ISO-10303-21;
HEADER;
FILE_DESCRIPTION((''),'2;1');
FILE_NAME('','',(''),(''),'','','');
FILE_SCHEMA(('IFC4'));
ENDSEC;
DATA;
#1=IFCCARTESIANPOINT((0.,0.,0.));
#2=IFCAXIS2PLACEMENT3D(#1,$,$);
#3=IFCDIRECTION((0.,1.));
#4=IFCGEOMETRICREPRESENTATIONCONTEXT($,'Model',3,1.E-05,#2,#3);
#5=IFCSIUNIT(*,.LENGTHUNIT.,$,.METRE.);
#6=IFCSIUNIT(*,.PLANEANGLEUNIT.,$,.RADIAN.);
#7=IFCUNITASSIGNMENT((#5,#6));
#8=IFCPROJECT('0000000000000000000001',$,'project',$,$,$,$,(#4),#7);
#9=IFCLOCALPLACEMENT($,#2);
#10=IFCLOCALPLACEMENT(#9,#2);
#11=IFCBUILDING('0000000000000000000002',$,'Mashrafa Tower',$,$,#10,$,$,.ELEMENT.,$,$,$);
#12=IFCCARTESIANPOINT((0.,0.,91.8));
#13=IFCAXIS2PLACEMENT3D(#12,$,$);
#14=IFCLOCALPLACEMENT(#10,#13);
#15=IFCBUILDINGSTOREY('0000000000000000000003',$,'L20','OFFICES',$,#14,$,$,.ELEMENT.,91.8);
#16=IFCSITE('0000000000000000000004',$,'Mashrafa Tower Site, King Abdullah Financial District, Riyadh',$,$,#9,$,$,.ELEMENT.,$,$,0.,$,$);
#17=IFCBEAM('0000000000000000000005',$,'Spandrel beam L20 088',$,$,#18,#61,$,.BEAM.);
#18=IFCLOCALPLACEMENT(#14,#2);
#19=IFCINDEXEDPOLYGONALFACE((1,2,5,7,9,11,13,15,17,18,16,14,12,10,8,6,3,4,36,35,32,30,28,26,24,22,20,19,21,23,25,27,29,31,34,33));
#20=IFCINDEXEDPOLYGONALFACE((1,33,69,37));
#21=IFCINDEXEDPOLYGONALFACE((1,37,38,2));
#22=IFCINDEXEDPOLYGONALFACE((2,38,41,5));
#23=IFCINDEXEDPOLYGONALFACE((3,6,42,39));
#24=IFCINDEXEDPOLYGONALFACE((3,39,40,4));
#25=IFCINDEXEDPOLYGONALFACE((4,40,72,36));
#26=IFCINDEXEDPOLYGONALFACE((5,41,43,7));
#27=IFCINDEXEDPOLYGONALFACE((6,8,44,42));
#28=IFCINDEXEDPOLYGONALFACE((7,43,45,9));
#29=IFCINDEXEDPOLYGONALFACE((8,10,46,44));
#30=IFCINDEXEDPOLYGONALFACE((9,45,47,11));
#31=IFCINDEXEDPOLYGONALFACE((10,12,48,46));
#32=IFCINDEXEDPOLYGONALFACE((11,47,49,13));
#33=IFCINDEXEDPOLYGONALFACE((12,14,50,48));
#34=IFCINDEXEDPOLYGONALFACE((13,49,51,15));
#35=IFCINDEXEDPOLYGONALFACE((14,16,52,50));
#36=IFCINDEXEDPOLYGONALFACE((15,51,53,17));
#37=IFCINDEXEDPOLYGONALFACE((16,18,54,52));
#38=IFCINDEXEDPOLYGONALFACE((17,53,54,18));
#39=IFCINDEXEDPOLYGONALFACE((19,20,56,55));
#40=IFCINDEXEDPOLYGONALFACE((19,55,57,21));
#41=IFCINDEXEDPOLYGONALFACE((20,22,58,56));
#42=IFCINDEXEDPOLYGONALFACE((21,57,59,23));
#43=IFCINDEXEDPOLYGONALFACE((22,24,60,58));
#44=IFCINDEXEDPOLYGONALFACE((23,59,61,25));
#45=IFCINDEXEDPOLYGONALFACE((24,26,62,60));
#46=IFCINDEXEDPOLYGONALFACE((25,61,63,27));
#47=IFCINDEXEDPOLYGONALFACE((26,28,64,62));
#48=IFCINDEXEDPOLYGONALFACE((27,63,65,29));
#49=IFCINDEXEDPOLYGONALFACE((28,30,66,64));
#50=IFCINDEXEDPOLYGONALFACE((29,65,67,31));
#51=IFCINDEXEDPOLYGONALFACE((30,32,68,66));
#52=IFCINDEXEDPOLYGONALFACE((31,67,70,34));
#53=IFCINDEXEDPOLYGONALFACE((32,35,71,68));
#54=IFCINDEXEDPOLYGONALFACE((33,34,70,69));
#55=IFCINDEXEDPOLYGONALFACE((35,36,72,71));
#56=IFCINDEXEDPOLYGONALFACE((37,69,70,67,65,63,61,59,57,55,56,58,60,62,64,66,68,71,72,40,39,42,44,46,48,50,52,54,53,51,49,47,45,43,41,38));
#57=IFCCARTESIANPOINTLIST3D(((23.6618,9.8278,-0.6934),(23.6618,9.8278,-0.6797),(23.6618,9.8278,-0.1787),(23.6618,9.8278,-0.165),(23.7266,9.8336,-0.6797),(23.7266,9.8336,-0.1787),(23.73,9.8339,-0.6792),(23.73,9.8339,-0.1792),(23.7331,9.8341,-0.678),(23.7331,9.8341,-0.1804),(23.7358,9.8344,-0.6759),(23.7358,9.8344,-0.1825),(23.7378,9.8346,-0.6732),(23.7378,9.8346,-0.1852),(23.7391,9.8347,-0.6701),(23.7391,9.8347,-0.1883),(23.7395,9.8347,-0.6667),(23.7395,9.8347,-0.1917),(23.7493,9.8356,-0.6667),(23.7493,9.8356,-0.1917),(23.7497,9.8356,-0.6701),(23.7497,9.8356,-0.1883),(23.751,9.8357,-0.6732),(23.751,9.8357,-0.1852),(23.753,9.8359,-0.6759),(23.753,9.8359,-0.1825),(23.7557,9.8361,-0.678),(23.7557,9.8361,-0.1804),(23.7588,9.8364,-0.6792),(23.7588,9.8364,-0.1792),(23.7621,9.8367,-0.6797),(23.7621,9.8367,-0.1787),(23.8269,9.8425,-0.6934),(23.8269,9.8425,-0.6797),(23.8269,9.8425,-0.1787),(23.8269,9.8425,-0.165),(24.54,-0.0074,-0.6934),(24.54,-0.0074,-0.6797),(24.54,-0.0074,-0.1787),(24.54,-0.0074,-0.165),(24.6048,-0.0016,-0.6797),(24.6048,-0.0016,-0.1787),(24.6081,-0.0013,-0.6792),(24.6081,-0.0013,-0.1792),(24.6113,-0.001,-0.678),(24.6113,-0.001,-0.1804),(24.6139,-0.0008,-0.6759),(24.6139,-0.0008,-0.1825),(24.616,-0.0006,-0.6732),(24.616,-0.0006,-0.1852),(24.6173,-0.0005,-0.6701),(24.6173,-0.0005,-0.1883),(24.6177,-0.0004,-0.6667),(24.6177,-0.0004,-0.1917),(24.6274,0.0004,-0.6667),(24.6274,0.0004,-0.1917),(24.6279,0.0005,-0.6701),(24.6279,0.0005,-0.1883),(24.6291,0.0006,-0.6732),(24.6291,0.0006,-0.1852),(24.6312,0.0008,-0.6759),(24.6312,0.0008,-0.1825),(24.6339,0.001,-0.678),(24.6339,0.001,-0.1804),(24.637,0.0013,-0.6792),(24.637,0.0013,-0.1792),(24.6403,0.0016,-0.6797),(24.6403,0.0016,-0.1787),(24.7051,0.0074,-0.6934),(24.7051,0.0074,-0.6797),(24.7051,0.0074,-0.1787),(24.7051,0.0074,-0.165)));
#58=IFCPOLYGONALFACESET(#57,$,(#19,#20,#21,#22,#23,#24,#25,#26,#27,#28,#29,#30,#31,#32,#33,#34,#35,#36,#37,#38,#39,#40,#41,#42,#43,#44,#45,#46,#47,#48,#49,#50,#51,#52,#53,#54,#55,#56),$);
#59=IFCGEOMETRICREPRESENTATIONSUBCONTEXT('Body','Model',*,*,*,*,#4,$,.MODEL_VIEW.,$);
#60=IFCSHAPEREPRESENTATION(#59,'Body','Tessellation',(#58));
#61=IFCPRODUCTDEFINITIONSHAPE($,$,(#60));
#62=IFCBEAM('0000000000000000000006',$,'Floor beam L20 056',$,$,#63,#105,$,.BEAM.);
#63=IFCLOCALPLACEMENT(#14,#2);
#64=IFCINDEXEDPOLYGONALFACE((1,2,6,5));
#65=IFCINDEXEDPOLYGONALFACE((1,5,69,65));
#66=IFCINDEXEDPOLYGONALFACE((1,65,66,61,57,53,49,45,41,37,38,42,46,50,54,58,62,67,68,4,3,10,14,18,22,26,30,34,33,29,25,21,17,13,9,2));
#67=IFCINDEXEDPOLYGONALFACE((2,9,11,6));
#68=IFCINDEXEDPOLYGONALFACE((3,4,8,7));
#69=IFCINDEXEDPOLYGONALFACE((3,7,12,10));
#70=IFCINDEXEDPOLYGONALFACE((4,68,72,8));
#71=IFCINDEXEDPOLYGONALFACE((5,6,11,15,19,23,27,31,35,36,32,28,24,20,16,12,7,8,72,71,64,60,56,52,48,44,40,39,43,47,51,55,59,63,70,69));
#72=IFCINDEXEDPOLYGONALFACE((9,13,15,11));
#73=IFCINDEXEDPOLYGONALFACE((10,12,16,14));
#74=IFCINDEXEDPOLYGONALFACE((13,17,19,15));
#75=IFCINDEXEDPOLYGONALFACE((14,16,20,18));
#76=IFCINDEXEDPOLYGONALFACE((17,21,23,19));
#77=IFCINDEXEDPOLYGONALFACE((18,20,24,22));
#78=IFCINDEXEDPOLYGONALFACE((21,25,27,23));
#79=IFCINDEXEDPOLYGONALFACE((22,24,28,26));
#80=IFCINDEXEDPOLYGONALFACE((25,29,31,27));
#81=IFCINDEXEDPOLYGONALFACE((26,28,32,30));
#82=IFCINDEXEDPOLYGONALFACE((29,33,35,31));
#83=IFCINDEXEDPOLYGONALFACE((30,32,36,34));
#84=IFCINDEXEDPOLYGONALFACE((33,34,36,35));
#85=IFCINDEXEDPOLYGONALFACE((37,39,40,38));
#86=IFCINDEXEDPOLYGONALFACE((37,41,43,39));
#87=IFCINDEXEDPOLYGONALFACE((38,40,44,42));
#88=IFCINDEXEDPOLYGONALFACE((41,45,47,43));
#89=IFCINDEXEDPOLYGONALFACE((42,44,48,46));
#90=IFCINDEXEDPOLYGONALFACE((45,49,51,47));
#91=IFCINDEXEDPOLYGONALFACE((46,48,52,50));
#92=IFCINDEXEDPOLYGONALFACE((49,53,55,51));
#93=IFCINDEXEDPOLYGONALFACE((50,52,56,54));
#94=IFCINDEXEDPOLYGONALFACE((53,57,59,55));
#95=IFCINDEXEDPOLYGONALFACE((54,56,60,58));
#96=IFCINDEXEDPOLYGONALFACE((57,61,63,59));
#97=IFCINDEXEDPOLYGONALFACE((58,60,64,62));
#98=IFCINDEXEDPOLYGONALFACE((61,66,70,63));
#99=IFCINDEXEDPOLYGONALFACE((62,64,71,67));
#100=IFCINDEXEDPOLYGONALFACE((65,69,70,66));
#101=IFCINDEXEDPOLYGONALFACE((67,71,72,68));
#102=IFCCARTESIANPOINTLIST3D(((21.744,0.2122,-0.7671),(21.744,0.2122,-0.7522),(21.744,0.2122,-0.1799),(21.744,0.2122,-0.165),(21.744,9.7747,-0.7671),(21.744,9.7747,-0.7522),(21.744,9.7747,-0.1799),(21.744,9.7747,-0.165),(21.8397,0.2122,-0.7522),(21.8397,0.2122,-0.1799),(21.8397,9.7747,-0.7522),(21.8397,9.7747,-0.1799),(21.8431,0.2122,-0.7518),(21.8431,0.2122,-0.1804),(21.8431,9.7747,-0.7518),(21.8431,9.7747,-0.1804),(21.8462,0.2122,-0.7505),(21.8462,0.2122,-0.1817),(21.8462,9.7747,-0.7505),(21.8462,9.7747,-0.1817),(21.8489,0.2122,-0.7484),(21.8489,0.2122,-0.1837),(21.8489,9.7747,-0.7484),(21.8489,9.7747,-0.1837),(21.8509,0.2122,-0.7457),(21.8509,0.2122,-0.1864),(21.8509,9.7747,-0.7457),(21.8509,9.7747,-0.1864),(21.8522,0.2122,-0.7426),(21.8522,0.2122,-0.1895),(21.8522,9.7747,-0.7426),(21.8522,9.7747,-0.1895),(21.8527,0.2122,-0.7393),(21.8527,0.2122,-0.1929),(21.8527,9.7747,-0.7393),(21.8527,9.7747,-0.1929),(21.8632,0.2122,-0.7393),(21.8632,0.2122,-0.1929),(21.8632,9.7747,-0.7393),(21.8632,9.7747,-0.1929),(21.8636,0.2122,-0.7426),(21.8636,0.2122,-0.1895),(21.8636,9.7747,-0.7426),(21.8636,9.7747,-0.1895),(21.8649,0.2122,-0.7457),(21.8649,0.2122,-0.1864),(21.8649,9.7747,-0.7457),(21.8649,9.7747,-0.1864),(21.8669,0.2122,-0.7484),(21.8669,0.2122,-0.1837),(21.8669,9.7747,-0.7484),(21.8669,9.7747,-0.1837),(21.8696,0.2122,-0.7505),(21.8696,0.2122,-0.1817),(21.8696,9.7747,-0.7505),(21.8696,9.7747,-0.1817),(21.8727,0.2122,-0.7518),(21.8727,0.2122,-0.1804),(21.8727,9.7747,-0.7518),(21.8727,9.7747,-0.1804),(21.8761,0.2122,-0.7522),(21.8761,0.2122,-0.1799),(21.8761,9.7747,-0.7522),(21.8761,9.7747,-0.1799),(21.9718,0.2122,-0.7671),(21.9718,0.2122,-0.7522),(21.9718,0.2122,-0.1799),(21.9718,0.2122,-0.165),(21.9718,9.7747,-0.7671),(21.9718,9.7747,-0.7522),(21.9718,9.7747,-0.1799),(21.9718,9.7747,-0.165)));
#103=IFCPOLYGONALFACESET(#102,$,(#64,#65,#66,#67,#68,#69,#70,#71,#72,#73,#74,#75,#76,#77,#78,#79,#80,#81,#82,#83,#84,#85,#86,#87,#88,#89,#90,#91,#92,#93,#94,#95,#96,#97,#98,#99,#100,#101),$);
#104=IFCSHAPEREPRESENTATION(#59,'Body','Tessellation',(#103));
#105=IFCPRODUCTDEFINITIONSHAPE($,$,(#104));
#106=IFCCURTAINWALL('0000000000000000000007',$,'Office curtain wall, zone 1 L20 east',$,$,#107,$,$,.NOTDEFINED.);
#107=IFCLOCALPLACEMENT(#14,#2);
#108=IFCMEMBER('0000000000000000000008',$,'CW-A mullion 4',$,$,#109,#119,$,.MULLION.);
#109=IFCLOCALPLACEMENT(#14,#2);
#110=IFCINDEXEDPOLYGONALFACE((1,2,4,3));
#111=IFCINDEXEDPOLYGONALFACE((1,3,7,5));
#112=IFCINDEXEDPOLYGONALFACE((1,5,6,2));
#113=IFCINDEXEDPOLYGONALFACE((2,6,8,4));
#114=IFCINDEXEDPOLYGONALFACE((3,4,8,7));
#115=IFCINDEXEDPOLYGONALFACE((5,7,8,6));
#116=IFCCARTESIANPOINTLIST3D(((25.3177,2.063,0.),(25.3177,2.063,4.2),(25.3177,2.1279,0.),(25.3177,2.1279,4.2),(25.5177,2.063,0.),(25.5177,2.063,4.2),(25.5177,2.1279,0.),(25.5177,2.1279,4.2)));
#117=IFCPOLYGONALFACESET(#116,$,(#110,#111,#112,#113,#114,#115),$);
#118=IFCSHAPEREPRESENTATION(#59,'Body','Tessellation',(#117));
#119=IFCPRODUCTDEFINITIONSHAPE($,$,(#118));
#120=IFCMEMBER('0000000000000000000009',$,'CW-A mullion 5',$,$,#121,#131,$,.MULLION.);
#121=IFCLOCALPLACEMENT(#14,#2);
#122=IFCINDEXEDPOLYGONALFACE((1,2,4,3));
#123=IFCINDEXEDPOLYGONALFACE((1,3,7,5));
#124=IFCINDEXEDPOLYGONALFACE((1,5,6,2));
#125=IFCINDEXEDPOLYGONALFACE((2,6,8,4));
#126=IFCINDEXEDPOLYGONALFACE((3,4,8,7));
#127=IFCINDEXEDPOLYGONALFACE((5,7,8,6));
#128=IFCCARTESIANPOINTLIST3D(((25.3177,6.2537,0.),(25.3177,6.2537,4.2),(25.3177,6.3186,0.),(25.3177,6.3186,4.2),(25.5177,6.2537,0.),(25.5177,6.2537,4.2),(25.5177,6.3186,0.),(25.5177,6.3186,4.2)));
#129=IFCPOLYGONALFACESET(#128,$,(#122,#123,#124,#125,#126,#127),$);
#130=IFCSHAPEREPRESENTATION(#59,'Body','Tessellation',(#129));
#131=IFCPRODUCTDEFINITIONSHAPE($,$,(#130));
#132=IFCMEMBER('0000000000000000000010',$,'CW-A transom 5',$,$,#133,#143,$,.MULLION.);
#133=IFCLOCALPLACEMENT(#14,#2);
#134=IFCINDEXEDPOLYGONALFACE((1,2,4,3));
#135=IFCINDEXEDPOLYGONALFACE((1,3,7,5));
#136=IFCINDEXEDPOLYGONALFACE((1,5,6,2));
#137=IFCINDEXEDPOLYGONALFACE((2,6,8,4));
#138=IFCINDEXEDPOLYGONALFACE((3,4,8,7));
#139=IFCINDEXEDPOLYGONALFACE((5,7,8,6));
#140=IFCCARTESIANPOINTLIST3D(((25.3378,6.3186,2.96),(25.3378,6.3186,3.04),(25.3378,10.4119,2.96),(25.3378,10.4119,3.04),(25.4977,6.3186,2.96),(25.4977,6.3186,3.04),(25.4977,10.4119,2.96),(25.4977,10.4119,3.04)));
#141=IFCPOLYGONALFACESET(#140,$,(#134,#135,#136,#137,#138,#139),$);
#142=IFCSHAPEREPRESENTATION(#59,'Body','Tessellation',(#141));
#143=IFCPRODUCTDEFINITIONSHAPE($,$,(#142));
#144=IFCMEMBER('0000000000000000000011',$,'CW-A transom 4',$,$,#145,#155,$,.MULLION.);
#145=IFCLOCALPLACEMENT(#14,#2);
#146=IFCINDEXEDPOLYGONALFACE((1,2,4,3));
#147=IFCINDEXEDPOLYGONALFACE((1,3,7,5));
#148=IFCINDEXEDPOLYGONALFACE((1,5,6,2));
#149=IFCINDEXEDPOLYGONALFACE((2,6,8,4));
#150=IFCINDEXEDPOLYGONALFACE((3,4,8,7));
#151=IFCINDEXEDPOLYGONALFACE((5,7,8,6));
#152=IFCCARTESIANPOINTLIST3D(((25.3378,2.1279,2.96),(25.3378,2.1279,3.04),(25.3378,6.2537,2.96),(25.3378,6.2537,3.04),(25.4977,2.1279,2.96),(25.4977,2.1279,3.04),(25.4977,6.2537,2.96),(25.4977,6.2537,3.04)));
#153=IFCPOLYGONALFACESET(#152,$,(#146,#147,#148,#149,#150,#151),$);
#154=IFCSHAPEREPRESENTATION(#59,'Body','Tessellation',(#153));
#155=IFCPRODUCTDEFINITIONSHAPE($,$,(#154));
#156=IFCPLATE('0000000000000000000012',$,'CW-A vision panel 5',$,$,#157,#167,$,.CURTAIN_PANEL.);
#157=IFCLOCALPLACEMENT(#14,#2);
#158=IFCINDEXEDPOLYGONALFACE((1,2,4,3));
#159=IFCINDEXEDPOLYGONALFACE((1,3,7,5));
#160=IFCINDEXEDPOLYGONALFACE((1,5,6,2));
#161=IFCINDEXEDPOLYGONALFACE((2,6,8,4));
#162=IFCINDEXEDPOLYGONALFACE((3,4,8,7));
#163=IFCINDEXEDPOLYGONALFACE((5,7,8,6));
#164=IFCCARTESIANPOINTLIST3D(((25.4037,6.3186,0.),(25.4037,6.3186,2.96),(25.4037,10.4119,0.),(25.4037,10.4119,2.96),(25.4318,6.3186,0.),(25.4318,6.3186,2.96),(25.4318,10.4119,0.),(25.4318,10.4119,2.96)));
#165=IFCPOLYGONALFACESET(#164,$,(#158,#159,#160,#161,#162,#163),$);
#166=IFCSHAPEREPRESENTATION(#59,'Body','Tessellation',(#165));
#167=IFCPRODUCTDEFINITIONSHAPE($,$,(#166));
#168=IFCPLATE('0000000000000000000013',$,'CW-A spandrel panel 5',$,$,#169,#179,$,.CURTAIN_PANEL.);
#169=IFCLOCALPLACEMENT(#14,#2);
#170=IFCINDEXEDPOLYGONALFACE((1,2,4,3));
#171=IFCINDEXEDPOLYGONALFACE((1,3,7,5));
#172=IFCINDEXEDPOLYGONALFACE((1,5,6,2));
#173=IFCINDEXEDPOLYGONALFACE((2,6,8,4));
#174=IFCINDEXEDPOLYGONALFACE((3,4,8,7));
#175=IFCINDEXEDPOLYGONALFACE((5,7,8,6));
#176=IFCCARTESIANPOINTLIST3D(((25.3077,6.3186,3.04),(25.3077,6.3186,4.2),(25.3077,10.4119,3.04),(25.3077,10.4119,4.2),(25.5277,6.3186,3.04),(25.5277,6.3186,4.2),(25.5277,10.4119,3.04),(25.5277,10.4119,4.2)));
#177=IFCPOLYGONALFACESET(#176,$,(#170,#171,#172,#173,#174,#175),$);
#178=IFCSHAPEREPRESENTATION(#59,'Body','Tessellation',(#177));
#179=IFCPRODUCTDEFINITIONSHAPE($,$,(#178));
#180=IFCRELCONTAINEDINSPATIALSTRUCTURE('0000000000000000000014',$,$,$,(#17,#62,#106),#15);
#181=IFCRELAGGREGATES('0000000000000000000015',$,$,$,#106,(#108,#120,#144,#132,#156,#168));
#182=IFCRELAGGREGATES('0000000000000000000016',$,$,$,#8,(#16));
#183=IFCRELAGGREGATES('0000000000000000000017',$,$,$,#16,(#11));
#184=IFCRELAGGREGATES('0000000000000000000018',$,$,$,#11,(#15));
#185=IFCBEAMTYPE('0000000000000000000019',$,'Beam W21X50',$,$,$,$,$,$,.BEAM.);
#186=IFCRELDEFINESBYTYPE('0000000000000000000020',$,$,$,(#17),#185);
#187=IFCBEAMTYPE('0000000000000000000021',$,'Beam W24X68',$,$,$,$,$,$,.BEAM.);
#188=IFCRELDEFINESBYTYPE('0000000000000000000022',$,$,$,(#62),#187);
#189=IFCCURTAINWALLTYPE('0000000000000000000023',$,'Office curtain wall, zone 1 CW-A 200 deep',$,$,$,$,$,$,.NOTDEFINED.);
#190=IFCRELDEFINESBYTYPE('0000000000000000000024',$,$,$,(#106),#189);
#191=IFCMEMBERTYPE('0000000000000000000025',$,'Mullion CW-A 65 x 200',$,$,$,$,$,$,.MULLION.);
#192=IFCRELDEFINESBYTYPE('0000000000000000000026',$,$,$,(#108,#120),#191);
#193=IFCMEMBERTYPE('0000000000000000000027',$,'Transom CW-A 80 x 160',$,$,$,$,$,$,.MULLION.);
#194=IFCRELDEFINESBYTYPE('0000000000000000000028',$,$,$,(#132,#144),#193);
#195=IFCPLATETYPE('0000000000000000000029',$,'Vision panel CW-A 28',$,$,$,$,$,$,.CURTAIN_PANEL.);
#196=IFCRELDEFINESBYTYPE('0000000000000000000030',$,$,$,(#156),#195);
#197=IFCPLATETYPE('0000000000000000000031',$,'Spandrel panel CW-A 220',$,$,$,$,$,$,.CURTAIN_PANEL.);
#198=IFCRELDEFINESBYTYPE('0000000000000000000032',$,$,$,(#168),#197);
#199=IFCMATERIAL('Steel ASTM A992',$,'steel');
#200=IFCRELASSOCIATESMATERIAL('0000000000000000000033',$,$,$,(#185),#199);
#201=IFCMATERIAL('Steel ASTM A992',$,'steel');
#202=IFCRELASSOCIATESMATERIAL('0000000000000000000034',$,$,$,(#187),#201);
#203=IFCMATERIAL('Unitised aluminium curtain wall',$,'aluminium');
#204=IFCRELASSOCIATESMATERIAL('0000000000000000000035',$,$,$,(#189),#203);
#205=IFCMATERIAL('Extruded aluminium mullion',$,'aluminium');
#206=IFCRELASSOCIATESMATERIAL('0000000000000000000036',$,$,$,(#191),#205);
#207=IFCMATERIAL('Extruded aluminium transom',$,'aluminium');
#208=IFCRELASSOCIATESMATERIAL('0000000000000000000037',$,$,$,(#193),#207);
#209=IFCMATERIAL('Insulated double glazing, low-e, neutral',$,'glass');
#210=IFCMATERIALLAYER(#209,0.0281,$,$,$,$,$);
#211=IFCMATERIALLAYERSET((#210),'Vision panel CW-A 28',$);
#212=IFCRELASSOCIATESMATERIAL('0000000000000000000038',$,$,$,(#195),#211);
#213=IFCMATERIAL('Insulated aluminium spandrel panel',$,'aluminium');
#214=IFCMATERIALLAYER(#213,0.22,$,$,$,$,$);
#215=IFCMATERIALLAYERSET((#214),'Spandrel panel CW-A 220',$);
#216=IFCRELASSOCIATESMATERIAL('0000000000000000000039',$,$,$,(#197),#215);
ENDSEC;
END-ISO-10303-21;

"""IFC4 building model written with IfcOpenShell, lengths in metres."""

from ifc_helpers import new_model, si_unit, direction, frame, origin, origin_2d, place, context, subcontext, project, spatial, rectangle, i_section, extrude, source, transform, mapped, material, layer, layer_set, material_profile, profile_set, type_object, type_shapes, element, aggregate, save


model = new_model("IFC4")

# Units and contexts
model_context = context("Model", 3, precision=1e-05, world=origin(), true_north=direction((0.0, 1.0)))
body_context = subcontext(model_context, "Body", "Model", "MODEL_VIEW")
ifc_project = project(units=[si_unit("LENGTHUNIT", "METRE"), si_unit("PLANEANGLEUNIT", "RADIAN")], contexts=[model_context])

# Site, building, storey
site_placement = place(None, origin())
site = spatial("IfcSite", under=ifc_project, at=site_placement, Name="Mashrafa Tower Site, King Abdullah Financial District, Riyadh", CompositionType="ELEMENT", RefElevation=0.0)
building_placement = place(site_placement, origin())
building = spatial("IfcBuilding", under=site, at=building_placement, Name="Mashrafa Tower", CompositionType="ELEMENT")
storey_placement = place(building_placement, frame((0.0, 0.0, 91.8)))
storey = spatial("IfcBuildingStorey", under=building, at=storey_placement, Name="L20", Description="OFFICES", CompositionType="ELEMENT", Elevation=91.8)

# Beams
ifc_material_1 = material(Name="Steel ASTM A992", Category="steel")
ifc_material_profile_1 = material_profile(ifc_material_1, i_section(OverallWidth=0.1658, OverallDepth=0.5283, WebThickness=0.0098, FlangeThickness=0.0137, FilletRadius=0.0129, at=origin_2d()), Name="W21X50")
ifc_profile_set_1 = profile_set([ifc_material_profile_1], Name="Steel ASTM A992")
beam_type_1 = type_object("IfcBeamType", Name="Beam W21X50", PredefinedType="BEAM", material=ifc_profile_set_1)
for number, where, z_axis, x_axis, name in (
    (1, (24.6226, 0.0, -0.4292), (-0.088935, 0.996037, 0.0), (-0.996037, -0.088935, 0.0), "Spandrel beam L20 088"),
):
    element("IfcBeam", number, at=place(storey_placement, frame(where, z_axis=z_axis, x_axis=x_axis)), inside=storey, type_object=beam_type_1, Name=name, PredefinedType="BEAM", context=body_context, shape_type="SweptSolid", body=[
        extrude(i_section(OverallWidth=0.1658, OverallDepth=0.5283, WebThickness=0.0098, FlangeThickness=0.0137, FilletRadius=0.0129, at=origin_2d()), origin(), (0.0, 0.0, 1.0), 9.8743),
    ])
ifc_material_2 = material(Name="Steel ASTM A992", Category="steel")
ifc_material_profile_2 = material_profile(ifc_material_2, i_section(OverallWidth=0.2278, OverallDepth=0.6021, WebThickness=0.0105, FlangeThickness=0.0149, FilletRadius=0.0129, at=origin_2d()), Name="W24X68")
ifc_profile_set_2 = profile_set([ifc_material_profile_2], Name="Steel ASTM A992")
beam_type_2 = type_object("IfcBeamType", Name="Beam W24X68", PredefinedType="BEAM", material=ifc_profile_set_2)
beam_1_placement = place(storey_placement, frame((21.8579, 9.7747, -0.4661), z_axis=(0.0, -1.0, 0.0), x_axis=(1.0, 0.0, 0.0)))
element("IfcBeam", 2, at=beam_1_placement, inside=storey, type_object=beam_type_2, Name="Floor beam L20 056", PredefinedType="BEAM", context=body_context, shape_type="SweptSolid", body=[
    extrude(i_section(OverallWidth=0.2278, OverallDepth=0.6021, WebThickness=0.0105, FlangeThickness=0.0149, FilletRadius=0.0129, at=origin_2d()), origin(), (0.0, 0.0, 1.0), 9.5625),
])

# Curtain wall, members, plates
ifc_material_3 = material(Name="Unitised aluminium curtain wall", Category="aluminium")
curtain_wall_type = type_object("IfcCurtainWallType", Name="Office curtain wall, zone 1 CW-A 200 deep", PredefinedType="NOTDEFINED", material=ifc_material_3)
curtain_wall_placement = place(storey_placement, origin())
curtain_wall = element("IfcCurtainWall", 3, at=curtain_wall_placement, inside=storey, type_object=curtain_wall_type, Name="Office curtain wall, zone 1 L20 east", PredefinedType="NOTDEFINED")
ifc_material_4 = material(Name="Extruded aluminium mullion", Category="aluminium")
ifc_material_profile_3 = material_profile(ifc_material_4, rectangle(XDim=0.2, YDim=0.0649, at=origin_2d()), Name="Mullion 65x200")
ifc_profile_set_3 = profile_set([ifc_material_profile_3], Name="Extruded aluminium mullion")
member_type_1 = type_object("IfcMemberType", Name="Mullion CW-A 65 x 200", PredefinedType="MULLION", material=ifc_profile_set_3)
shared_shape_1 = source(origin(), body_context, "Body", "SweptSolid", [
    extrude(rectangle(XDim=0.2, YDim=0.0649, at=origin_2d()), origin(), (0.0, 0.0, 1.0), 4.2),
])
type_shapes(member_type_1, [shared_shape_1])
member_1_placement = place(storey_placement, frame((25.4177, 2.0955, 0.0), z_axis=(0.0, 0.0, 1.0), x_axis=(-1.0, 0.0, 0.0)))
member_1 = element("IfcMember", 4, at=member_1_placement, type_object=member_type_1, Name="CW-A mullion 4", PredefinedType="MULLION", context=body_context, shape_type="MappedRepresentation", body=[
    mapped(shared_shape_1, transform((0.0, 0.0, 0.0))),
])
member_2_placement = place(storey_placement, frame((25.4177, 6.2861, 0.0), z_axis=(0.0, 0.0, 1.0), x_axis=(-1.0, 0.0, 0.0)))
member_2 = element("IfcMember", 5, at=member_2_placement, type_object=member_type_1, Name="CW-A mullion 5", PredefinedType="MULLION", context=body_context, shape_type="MappedRepresentation", body=[
    mapped(shared_shape_1, transform((0.0, 0.0, 0.0))),
])
ifc_material_5 = material(Name="Extruded aluminium transom", Category="aluminium")
ifc_material_profile_4 = material_profile(ifc_material_5, rectangle(XDim=0.1599, YDim=0.0801, at=origin_2d()), Name="Transom 80x160")
ifc_profile_set_4 = profile_set([ifc_material_profile_4], Name="Extruded aluminium transom")
member_type_2 = type_object("IfcMemberType", Name="Transom CW-A 80 x 160", PredefinedType="MULLION", material=ifc_profile_set_4)
shared_shape_2 = source(origin(), body_context, "Body", "SweptSolid", [
    extrude(rectangle(XDim=0.1599, YDim=0.0801, at=origin_2d()), origin(), (0.0, 0.0, 1.0), 4.0933),
])
member_3_placement = place(storey_placement, frame((25.4177, 6.3186, 3.0), z_axis=(0.0, 1.0, 0.0), x_axis=(-1.0, 0.0, 0.0)))
member_3 = element("IfcMember", 6, at=member_3_placement, type_object=member_type_2, Name="CW-A transom 5", PredefinedType="MULLION", context=body_context, shape_type="MappedRepresentation", body=[
    mapped(shared_shape_2, transform((0.0, 0.0, 0.0))),
])
shared_shape_3 = source(origin(), body_context, "Body", "SweptSolid", [
    extrude(rectangle(XDim=0.1599, YDim=0.0801, at=origin_2d()), origin(), (0.0, 0.0, 1.0), 4.1257),
])
type_shapes(member_type_2, [shared_shape_2, shared_shape_3])
member_4_placement = place(storey_placement, frame((25.4177, 2.1279, 3.0), z_axis=(0.0, 1.0, 0.0), x_axis=(-1.0, 0.0, 0.0)))
member_4 = element("IfcMember", 7, at=member_4_placement, type_object=member_type_2, Name="CW-A transom 4", PredefinedType="MULLION", context=body_context, shape_type="MappedRepresentation", body=[
    mapped(shared_shape_3, transform((0.0, 0.0, 0.0))),
])
ifc_material_6 = material(Name="Insulated double glazing, low-e, neutral", Category="glass")
ifc_layer_1 = layer(ifc_material_6, 0.0281)
ifc_layer_set_1 = layer_set([ifc_layer_1], Name="Vision panel CW-A 28")
plate_type_1 = type_object("IfcPlateType", Name="Vision panel CW-A 28", PredefinedType="CURTAIN_PANEL", material=ifc_layer_set_1)
shared_shape_4 = source(origin(), body_context, "Body", "SweptSolid", [
    extrude(rectangle(XDim=4.0933, YDim=0.0281, at=origin_2d()), origin(), (0.0, 0.0, 1.0), 2.96),
])
plate_1_placement = place(storey_placement, frame((25.4177, 8.3652, 0.0), z_axis=(0.0, 0.0, 1.0), x_axis=(0.0, 1.0, 0.0)))
plate_1 = element("IfcPlate", 8, at=plate_1_placement, type_object=plate_type_1, Name="CW-A vision panel 5", PredefinedType="CURTAIN_PANEL", context=body_context, shape_type="MappedRepresentation", body=[
    mapped(shared_shape_4, transform((0.0, 0.0, 0.0))),
])
ifc_material_7 = material(Name="Insulated aluminium spandrel panel", Category="aluminium")
ifc_layer_2 = layer(ifc_material_7, 0.22)
ifc_layer_set_2 = layer_set([ifc_layer_2], Name="Spandrel panel CW-A 220")
plate_type_2 = type_object("IfcPlateType", Name="Spandrel panel CW-A 220", PredefinedType="CURTAIN_PANEL", material=ifc_layer_set_2)
shared_shape_5 = source(origin(), body_context, "Body", "SweptSolid", [
    extrude(rectangle(XDim=4.0933, YDim=0.22, at=origin_2d()), origin(), (0.0, 0.0, 1.0), 1.1599),
])
plate_2_placement = place(storey_placement, frame((25.4177, 8.3652, 3.04), z_axis=(0.0, 0.0, 1.0), x_axis=(0.0, 1.0, 0.0)))
plate_2 = element("IfcPlate", 9, at=plate_2_placement, type_object=plate_type_2, Name="CW-A spandrel panel 5", PredefinedType="CURTAIN_PANEL", context=body_context, shape_type="MappedRepresentation", body=[
    mapped(shared_shape_5, transform((0.0, 0.0, 0.0))),
])
aggregate(curtain_wall, [member_1, member_2, member_4, member_3, plate_1, plate_2])

save(model, "model.ifc")
